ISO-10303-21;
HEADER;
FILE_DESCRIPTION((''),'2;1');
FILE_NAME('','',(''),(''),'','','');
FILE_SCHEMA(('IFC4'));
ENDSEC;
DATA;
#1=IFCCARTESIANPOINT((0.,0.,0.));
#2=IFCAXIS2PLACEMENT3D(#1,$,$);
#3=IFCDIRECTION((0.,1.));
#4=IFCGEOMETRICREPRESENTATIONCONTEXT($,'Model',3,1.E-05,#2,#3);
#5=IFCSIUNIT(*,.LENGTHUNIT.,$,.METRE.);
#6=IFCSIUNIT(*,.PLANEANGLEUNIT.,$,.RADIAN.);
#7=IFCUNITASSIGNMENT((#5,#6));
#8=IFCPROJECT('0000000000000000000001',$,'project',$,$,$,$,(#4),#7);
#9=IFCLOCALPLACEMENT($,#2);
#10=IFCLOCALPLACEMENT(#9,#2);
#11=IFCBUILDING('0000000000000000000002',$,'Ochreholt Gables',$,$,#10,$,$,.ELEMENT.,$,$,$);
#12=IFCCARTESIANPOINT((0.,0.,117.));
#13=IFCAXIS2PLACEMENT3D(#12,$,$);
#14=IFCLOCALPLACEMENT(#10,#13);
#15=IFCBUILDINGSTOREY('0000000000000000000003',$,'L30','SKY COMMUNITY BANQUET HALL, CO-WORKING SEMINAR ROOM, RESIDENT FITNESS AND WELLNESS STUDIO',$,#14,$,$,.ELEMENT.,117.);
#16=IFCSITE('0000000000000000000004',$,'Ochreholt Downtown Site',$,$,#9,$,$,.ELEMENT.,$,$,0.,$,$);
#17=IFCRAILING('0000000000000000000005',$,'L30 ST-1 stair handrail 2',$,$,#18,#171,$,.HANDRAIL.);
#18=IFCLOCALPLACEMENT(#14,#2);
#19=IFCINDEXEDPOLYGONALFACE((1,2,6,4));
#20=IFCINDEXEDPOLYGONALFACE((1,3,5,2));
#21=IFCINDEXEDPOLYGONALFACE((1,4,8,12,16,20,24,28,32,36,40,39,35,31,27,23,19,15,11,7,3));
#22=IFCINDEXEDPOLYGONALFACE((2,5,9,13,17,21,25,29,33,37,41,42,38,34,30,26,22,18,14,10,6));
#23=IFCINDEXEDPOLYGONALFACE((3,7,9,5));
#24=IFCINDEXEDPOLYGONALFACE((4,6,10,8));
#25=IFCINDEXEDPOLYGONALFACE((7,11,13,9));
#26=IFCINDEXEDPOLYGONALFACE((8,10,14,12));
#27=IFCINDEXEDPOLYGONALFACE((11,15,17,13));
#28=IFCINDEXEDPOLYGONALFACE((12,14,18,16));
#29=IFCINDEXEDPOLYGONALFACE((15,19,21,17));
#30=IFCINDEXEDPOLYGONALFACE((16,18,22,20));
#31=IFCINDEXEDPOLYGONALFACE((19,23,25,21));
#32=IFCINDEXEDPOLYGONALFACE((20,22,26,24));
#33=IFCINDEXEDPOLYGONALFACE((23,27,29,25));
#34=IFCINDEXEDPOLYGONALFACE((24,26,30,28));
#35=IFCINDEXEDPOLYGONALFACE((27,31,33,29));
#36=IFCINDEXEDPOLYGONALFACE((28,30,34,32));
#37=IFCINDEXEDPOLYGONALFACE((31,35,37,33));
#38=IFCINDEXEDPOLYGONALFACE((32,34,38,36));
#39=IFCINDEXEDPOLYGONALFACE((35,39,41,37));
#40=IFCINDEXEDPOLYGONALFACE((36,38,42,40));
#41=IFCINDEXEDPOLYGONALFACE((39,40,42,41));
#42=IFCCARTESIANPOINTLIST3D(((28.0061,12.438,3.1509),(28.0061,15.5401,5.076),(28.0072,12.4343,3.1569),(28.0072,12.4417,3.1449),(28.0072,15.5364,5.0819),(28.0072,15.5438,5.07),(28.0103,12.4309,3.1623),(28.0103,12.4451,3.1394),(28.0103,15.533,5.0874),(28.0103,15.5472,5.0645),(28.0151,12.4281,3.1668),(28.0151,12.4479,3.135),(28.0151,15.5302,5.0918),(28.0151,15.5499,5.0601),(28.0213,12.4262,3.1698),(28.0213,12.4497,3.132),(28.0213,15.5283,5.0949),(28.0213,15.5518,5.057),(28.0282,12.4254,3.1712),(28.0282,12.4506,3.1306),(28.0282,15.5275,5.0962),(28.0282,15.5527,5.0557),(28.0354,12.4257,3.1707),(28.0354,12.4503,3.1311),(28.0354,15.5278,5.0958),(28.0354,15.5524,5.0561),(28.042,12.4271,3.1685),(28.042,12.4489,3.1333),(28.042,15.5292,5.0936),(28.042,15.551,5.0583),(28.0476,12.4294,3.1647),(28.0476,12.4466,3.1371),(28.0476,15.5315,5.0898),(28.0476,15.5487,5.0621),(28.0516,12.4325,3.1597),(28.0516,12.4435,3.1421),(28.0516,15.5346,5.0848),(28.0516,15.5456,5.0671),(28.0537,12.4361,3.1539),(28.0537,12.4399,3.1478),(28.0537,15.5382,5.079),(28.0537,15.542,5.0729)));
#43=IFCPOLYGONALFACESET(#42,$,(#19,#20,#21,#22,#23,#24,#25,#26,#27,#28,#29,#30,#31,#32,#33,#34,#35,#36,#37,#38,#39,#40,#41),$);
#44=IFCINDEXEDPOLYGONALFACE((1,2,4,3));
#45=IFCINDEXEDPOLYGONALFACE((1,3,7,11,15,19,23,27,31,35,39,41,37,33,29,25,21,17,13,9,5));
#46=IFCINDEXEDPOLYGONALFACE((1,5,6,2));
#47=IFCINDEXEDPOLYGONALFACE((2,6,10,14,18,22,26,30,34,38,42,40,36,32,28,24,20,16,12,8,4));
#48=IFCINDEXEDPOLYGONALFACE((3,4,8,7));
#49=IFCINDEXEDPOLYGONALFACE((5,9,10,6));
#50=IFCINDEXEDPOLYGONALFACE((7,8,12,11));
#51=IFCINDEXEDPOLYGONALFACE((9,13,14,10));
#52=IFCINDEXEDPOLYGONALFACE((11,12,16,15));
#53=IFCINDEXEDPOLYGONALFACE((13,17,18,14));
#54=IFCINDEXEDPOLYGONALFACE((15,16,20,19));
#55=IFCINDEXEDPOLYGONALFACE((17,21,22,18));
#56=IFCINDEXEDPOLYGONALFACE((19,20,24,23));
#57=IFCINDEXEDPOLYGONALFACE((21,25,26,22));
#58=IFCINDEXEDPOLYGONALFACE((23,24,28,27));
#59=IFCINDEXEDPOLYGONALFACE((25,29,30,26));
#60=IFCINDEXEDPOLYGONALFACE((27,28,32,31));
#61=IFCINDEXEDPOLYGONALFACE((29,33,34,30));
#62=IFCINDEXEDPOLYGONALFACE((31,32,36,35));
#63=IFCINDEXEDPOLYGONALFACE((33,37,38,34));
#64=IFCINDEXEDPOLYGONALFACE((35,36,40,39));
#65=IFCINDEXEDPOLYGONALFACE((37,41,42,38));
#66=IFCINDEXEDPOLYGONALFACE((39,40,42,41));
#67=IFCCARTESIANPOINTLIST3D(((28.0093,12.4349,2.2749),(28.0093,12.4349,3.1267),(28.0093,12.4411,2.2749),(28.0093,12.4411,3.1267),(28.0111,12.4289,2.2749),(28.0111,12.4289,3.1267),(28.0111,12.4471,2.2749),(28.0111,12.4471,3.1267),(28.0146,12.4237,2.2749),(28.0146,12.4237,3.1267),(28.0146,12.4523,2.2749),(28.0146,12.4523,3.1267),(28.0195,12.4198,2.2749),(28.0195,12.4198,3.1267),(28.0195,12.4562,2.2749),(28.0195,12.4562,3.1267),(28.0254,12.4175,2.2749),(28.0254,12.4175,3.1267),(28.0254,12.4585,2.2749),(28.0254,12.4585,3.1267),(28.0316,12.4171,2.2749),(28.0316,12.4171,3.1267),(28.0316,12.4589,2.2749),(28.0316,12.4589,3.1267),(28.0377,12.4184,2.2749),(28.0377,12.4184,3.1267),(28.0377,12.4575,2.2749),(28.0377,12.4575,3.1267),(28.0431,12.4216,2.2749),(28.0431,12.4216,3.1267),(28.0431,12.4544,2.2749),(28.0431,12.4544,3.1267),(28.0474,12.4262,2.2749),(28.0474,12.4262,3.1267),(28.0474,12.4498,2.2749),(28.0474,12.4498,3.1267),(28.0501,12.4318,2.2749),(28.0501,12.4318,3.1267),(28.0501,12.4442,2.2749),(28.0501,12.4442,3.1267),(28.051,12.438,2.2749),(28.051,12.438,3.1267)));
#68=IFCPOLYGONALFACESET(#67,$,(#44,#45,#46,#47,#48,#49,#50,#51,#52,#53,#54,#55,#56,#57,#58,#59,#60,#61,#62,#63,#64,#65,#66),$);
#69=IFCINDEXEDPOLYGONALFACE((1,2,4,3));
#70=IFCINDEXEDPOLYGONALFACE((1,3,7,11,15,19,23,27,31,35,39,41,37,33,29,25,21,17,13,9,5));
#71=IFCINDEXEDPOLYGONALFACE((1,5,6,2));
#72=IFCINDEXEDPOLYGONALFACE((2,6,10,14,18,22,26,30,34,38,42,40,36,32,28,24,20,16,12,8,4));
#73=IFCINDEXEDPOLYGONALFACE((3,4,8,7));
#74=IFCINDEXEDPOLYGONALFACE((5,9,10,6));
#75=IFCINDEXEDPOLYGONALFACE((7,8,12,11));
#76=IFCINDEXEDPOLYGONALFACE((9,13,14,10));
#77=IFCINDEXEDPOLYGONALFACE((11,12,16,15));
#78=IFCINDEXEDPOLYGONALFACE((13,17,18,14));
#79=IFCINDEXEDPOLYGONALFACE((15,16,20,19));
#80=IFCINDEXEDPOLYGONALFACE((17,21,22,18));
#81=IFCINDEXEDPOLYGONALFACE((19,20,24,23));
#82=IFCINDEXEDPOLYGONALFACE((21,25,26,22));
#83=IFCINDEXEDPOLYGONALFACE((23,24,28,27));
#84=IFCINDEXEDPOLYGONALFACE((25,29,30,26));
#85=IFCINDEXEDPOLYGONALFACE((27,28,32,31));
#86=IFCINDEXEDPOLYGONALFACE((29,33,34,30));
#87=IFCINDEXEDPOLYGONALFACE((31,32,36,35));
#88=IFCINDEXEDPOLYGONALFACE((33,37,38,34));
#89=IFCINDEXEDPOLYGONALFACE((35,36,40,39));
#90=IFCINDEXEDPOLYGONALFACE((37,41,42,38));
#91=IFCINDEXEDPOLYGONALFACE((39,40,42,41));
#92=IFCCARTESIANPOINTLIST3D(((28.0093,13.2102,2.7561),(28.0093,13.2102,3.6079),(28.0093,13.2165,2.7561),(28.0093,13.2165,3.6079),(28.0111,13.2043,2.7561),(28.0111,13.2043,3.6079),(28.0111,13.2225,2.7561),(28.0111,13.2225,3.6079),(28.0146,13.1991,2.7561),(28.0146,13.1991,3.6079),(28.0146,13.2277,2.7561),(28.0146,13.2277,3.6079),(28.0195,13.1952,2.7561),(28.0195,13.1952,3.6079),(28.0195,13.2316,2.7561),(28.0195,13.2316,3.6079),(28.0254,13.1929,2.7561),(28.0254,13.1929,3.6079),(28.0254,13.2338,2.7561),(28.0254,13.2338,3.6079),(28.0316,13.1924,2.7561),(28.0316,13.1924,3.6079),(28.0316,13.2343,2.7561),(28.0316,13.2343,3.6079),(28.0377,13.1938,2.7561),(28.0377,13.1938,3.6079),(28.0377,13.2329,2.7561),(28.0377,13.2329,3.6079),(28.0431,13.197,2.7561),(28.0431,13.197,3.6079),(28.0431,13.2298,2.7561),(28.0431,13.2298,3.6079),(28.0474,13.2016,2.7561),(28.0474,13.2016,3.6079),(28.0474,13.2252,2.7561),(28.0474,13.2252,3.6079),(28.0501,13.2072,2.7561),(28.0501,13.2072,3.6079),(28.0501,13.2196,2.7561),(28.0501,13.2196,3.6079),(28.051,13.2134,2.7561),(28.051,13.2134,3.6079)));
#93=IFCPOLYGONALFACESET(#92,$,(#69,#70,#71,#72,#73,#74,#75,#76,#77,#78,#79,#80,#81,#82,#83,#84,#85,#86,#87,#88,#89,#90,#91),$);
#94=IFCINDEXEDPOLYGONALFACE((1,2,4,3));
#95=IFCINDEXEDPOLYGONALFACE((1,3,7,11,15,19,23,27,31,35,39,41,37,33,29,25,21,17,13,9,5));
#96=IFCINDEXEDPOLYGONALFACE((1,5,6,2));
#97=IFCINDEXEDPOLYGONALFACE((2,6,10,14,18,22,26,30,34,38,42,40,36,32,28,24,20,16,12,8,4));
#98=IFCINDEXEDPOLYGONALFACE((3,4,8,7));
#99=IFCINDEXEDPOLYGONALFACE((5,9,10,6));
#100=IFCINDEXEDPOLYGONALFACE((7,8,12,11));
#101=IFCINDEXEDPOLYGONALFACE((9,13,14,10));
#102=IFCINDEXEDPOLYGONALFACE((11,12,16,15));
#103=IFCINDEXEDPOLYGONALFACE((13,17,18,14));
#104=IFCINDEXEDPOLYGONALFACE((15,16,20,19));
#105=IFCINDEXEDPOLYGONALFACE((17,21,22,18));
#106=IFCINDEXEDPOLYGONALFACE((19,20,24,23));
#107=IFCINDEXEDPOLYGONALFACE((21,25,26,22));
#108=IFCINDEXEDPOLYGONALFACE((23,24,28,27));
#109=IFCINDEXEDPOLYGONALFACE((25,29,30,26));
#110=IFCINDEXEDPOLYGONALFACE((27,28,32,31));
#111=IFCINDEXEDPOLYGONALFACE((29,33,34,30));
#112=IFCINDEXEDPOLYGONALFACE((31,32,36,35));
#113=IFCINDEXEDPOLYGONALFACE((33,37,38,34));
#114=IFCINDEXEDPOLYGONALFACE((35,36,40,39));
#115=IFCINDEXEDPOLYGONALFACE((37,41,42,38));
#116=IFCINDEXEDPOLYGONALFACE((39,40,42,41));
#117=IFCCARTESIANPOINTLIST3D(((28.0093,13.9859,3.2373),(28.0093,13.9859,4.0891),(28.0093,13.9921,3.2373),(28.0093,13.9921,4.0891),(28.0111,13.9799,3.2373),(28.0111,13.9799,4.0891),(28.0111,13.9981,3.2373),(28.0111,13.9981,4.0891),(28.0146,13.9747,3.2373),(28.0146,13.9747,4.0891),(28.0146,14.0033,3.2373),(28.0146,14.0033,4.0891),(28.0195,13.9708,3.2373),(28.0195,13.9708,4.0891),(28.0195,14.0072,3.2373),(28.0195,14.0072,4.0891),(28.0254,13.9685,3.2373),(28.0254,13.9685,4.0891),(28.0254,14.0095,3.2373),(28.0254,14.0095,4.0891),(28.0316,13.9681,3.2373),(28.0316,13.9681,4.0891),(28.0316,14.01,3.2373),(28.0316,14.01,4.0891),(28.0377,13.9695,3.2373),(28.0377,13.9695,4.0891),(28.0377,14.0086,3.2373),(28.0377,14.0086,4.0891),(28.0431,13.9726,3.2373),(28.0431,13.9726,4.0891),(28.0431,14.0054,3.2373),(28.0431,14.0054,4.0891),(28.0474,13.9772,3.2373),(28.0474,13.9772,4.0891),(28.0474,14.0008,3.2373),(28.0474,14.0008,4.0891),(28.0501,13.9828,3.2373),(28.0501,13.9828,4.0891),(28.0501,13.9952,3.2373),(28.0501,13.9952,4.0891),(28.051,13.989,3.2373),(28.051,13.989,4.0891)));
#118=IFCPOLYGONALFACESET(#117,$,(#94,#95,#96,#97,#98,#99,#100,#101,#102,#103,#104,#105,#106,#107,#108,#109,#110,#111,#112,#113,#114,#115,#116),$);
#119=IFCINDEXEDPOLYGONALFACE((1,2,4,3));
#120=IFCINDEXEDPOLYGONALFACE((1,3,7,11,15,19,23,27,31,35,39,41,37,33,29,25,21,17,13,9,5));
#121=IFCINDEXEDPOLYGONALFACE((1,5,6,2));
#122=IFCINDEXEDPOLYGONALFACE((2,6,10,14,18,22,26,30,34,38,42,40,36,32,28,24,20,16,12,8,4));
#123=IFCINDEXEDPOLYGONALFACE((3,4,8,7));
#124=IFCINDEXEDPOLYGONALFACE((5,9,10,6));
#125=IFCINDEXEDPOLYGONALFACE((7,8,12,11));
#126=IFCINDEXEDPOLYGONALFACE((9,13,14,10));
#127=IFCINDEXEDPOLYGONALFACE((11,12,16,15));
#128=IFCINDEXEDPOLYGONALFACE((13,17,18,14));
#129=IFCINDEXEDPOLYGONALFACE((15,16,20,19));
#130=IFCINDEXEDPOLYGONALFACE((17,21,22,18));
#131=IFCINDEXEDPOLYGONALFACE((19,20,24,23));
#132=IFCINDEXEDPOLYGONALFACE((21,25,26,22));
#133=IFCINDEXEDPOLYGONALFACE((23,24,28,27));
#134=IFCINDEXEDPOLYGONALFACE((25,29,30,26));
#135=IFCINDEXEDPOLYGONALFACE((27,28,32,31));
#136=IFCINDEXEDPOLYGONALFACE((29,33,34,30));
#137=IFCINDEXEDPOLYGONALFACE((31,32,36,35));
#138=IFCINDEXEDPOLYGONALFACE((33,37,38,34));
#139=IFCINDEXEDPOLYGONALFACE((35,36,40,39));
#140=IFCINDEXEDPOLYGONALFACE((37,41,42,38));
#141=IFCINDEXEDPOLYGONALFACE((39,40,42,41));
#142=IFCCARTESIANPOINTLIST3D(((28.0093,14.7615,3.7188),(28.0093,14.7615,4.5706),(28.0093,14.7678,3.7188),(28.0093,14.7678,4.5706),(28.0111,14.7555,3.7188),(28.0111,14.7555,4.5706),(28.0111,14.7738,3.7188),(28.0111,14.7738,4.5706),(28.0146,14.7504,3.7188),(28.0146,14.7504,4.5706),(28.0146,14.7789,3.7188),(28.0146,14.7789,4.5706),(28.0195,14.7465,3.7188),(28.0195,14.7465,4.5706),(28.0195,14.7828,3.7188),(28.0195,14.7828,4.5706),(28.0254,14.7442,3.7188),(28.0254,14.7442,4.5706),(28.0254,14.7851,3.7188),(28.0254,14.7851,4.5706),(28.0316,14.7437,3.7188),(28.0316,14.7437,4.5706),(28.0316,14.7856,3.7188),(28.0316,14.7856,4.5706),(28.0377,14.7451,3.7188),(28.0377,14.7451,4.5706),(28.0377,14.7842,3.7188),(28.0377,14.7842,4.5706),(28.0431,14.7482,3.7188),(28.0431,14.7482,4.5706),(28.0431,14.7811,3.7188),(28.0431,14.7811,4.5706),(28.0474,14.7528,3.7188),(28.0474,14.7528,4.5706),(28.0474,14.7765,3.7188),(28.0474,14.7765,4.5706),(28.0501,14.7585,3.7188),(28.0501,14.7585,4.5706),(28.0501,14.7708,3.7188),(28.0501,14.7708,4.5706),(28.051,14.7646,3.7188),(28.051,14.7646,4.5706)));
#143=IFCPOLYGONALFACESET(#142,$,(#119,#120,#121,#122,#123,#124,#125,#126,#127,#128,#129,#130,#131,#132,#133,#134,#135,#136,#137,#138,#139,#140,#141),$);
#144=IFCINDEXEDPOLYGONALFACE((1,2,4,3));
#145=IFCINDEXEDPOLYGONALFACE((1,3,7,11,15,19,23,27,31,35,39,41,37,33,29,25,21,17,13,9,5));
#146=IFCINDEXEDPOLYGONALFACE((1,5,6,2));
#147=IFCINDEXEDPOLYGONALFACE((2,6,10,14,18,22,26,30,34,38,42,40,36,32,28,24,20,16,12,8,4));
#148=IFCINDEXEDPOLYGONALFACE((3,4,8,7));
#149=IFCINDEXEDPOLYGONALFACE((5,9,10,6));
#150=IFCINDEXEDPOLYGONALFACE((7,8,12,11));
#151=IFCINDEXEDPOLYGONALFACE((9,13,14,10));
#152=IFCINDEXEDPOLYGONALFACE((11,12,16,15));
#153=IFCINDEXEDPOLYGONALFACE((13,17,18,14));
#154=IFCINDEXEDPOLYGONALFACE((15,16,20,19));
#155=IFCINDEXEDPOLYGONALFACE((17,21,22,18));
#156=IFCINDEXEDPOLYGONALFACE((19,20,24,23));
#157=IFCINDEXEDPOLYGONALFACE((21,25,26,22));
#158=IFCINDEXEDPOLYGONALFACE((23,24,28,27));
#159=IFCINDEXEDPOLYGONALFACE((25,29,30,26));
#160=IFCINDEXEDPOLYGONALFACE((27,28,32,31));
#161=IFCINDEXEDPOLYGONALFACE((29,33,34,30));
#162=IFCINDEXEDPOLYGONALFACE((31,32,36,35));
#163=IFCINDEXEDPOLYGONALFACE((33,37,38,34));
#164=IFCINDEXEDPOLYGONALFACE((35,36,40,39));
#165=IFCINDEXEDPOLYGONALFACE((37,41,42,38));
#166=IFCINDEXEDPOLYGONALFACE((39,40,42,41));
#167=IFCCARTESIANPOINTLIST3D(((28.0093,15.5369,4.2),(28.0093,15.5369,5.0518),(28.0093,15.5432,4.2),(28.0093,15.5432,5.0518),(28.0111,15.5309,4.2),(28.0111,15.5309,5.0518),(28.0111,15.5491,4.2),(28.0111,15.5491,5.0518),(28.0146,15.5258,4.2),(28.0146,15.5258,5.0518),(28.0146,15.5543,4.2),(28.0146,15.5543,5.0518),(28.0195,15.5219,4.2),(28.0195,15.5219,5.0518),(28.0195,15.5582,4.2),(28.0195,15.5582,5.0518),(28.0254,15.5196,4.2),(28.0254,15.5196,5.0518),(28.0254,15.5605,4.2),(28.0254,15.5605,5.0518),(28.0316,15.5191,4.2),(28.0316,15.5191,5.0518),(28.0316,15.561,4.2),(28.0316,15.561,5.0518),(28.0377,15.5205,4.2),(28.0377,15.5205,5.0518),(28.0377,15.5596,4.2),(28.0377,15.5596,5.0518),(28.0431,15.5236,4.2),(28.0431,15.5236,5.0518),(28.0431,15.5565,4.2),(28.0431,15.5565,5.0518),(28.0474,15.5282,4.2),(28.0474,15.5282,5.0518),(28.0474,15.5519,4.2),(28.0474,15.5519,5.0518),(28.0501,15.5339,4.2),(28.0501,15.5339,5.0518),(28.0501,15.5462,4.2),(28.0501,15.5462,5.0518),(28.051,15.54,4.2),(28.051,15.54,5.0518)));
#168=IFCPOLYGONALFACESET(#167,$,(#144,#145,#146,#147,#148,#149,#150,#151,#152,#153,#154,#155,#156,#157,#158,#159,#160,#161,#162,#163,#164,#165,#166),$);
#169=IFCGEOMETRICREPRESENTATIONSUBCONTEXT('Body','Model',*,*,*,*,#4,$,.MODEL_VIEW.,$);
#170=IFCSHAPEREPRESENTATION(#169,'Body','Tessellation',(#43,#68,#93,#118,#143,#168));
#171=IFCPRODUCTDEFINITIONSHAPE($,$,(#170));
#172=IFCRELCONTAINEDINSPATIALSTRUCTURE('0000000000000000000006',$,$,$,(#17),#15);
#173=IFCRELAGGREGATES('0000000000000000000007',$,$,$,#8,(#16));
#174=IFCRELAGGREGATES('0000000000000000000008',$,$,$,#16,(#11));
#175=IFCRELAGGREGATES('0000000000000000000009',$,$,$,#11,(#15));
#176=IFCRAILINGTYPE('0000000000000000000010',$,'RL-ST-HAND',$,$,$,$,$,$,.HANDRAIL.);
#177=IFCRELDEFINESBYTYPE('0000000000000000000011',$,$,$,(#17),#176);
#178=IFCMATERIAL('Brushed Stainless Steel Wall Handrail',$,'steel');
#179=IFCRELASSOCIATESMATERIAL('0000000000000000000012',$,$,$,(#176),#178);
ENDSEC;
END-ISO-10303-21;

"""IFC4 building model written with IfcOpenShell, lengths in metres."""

from ifc_helpers import new_model, si_unit, direction, frame, origin, origin_2d, place, context, subcontext, project, spatial, circle, extrude, material, type_object, element, save


model = new_model("IFC4")

# Units and contexts
model_context = context("Model", 3, precision=1e-05, world=origin(), true_north=direction((0.0, 1.0)))
body_context = subcontext(model_context, "Body", "Model", "MODEL_VIEW")
ifc_project = project(units=[si_unit("LENGTHUNIT", "METRE"), si_unit("PLANEANGLEUNIT", "RADIAN")], contexts=[model_context])

# Site, building, storey
site_placement = place(None, origin())
site = spatial("IfcSite", under=ifc_project, at=site_placement, Name="Ochreholt Downtown Site", CompositionType="ELEMENT", RefElevation=0.0)
building_placement = place(site_placement, origin())
building = spatial("IfcBuilding", under=site, at=building_placement, Name="Ochreholt Gables", CompositionType="ELEMENT")
storey_placement = place(building_placement, frame((0.0, 0.0, 117.0)))
storey = spatial("IfcBuildingStorey", under=building, at=storey_placement, Name="L30", Description="SKY COMMUNITY BANQUET HALL, CO-WORKING SEMINAR ROOM, RESIDENT FITNESS AND WELLNESS STUDIO", CompositionType="ELEMENT", Elevation=117.0)

# Railing
ifc_material_1 = material(Name="Brushed Stainless Steel Wall Handrail", Category="steel")
railing_type_1 = type_object("IfcRailingType", Name="RL-ST-HAND", PredefinedType="HANDRAIL", material=ifc_material_1)
railing_1_placement = place(storey_placement, frame((28.03, 12.438, 2.2749)))
element("IfcRailing", 1, at=railing_1_placement, inside=storey, type_object=railing_type_1, Name="L30 ST-1 stair handrail 2", PredefinedType="HANDRAIL", context=body_context, shape_type="SweptSolid", body=[
    extrude(circle(Radius=0.0239, at=origin_2d()), frame((0.0, 0.0, 0.876), z_axis=(0.0, 0.849685, 0.527291), x_axis=(-1.0, 0.0, 0.0)), (0.0, 0.0, 1.0), 3.6509),
    extrude(circle(Radius=0.021, at=origin_2d()), origin(), (0.0, 0.0, 1.0), 0.8518),
    extrude(circle(Radius=0.021, at=origin_2d()), frame((0.0, 0.7754, 0.4812)), (0.0, 0.0, 1.0), 0.8518),
    extrude(circle(Radius=0.021, at=origin_2d()), frame((0.0, 1.551, 0.9624)), (0.0, 0.0, 1.0), 0.8518),
    extrude(circle(Radius=0.021, at=origin_2d()), frame((0.0, 2.3267, 1.4438)), (0.0, 0.0, 1.0), 0.8518),
    extrude(circle(Radius=0.021, at=origin_2d()), frame((0.0, 3.1021, 1.925)), (0.0, 0.0, 1.0), 0.8518),
])

save(model, "model.ifc")
